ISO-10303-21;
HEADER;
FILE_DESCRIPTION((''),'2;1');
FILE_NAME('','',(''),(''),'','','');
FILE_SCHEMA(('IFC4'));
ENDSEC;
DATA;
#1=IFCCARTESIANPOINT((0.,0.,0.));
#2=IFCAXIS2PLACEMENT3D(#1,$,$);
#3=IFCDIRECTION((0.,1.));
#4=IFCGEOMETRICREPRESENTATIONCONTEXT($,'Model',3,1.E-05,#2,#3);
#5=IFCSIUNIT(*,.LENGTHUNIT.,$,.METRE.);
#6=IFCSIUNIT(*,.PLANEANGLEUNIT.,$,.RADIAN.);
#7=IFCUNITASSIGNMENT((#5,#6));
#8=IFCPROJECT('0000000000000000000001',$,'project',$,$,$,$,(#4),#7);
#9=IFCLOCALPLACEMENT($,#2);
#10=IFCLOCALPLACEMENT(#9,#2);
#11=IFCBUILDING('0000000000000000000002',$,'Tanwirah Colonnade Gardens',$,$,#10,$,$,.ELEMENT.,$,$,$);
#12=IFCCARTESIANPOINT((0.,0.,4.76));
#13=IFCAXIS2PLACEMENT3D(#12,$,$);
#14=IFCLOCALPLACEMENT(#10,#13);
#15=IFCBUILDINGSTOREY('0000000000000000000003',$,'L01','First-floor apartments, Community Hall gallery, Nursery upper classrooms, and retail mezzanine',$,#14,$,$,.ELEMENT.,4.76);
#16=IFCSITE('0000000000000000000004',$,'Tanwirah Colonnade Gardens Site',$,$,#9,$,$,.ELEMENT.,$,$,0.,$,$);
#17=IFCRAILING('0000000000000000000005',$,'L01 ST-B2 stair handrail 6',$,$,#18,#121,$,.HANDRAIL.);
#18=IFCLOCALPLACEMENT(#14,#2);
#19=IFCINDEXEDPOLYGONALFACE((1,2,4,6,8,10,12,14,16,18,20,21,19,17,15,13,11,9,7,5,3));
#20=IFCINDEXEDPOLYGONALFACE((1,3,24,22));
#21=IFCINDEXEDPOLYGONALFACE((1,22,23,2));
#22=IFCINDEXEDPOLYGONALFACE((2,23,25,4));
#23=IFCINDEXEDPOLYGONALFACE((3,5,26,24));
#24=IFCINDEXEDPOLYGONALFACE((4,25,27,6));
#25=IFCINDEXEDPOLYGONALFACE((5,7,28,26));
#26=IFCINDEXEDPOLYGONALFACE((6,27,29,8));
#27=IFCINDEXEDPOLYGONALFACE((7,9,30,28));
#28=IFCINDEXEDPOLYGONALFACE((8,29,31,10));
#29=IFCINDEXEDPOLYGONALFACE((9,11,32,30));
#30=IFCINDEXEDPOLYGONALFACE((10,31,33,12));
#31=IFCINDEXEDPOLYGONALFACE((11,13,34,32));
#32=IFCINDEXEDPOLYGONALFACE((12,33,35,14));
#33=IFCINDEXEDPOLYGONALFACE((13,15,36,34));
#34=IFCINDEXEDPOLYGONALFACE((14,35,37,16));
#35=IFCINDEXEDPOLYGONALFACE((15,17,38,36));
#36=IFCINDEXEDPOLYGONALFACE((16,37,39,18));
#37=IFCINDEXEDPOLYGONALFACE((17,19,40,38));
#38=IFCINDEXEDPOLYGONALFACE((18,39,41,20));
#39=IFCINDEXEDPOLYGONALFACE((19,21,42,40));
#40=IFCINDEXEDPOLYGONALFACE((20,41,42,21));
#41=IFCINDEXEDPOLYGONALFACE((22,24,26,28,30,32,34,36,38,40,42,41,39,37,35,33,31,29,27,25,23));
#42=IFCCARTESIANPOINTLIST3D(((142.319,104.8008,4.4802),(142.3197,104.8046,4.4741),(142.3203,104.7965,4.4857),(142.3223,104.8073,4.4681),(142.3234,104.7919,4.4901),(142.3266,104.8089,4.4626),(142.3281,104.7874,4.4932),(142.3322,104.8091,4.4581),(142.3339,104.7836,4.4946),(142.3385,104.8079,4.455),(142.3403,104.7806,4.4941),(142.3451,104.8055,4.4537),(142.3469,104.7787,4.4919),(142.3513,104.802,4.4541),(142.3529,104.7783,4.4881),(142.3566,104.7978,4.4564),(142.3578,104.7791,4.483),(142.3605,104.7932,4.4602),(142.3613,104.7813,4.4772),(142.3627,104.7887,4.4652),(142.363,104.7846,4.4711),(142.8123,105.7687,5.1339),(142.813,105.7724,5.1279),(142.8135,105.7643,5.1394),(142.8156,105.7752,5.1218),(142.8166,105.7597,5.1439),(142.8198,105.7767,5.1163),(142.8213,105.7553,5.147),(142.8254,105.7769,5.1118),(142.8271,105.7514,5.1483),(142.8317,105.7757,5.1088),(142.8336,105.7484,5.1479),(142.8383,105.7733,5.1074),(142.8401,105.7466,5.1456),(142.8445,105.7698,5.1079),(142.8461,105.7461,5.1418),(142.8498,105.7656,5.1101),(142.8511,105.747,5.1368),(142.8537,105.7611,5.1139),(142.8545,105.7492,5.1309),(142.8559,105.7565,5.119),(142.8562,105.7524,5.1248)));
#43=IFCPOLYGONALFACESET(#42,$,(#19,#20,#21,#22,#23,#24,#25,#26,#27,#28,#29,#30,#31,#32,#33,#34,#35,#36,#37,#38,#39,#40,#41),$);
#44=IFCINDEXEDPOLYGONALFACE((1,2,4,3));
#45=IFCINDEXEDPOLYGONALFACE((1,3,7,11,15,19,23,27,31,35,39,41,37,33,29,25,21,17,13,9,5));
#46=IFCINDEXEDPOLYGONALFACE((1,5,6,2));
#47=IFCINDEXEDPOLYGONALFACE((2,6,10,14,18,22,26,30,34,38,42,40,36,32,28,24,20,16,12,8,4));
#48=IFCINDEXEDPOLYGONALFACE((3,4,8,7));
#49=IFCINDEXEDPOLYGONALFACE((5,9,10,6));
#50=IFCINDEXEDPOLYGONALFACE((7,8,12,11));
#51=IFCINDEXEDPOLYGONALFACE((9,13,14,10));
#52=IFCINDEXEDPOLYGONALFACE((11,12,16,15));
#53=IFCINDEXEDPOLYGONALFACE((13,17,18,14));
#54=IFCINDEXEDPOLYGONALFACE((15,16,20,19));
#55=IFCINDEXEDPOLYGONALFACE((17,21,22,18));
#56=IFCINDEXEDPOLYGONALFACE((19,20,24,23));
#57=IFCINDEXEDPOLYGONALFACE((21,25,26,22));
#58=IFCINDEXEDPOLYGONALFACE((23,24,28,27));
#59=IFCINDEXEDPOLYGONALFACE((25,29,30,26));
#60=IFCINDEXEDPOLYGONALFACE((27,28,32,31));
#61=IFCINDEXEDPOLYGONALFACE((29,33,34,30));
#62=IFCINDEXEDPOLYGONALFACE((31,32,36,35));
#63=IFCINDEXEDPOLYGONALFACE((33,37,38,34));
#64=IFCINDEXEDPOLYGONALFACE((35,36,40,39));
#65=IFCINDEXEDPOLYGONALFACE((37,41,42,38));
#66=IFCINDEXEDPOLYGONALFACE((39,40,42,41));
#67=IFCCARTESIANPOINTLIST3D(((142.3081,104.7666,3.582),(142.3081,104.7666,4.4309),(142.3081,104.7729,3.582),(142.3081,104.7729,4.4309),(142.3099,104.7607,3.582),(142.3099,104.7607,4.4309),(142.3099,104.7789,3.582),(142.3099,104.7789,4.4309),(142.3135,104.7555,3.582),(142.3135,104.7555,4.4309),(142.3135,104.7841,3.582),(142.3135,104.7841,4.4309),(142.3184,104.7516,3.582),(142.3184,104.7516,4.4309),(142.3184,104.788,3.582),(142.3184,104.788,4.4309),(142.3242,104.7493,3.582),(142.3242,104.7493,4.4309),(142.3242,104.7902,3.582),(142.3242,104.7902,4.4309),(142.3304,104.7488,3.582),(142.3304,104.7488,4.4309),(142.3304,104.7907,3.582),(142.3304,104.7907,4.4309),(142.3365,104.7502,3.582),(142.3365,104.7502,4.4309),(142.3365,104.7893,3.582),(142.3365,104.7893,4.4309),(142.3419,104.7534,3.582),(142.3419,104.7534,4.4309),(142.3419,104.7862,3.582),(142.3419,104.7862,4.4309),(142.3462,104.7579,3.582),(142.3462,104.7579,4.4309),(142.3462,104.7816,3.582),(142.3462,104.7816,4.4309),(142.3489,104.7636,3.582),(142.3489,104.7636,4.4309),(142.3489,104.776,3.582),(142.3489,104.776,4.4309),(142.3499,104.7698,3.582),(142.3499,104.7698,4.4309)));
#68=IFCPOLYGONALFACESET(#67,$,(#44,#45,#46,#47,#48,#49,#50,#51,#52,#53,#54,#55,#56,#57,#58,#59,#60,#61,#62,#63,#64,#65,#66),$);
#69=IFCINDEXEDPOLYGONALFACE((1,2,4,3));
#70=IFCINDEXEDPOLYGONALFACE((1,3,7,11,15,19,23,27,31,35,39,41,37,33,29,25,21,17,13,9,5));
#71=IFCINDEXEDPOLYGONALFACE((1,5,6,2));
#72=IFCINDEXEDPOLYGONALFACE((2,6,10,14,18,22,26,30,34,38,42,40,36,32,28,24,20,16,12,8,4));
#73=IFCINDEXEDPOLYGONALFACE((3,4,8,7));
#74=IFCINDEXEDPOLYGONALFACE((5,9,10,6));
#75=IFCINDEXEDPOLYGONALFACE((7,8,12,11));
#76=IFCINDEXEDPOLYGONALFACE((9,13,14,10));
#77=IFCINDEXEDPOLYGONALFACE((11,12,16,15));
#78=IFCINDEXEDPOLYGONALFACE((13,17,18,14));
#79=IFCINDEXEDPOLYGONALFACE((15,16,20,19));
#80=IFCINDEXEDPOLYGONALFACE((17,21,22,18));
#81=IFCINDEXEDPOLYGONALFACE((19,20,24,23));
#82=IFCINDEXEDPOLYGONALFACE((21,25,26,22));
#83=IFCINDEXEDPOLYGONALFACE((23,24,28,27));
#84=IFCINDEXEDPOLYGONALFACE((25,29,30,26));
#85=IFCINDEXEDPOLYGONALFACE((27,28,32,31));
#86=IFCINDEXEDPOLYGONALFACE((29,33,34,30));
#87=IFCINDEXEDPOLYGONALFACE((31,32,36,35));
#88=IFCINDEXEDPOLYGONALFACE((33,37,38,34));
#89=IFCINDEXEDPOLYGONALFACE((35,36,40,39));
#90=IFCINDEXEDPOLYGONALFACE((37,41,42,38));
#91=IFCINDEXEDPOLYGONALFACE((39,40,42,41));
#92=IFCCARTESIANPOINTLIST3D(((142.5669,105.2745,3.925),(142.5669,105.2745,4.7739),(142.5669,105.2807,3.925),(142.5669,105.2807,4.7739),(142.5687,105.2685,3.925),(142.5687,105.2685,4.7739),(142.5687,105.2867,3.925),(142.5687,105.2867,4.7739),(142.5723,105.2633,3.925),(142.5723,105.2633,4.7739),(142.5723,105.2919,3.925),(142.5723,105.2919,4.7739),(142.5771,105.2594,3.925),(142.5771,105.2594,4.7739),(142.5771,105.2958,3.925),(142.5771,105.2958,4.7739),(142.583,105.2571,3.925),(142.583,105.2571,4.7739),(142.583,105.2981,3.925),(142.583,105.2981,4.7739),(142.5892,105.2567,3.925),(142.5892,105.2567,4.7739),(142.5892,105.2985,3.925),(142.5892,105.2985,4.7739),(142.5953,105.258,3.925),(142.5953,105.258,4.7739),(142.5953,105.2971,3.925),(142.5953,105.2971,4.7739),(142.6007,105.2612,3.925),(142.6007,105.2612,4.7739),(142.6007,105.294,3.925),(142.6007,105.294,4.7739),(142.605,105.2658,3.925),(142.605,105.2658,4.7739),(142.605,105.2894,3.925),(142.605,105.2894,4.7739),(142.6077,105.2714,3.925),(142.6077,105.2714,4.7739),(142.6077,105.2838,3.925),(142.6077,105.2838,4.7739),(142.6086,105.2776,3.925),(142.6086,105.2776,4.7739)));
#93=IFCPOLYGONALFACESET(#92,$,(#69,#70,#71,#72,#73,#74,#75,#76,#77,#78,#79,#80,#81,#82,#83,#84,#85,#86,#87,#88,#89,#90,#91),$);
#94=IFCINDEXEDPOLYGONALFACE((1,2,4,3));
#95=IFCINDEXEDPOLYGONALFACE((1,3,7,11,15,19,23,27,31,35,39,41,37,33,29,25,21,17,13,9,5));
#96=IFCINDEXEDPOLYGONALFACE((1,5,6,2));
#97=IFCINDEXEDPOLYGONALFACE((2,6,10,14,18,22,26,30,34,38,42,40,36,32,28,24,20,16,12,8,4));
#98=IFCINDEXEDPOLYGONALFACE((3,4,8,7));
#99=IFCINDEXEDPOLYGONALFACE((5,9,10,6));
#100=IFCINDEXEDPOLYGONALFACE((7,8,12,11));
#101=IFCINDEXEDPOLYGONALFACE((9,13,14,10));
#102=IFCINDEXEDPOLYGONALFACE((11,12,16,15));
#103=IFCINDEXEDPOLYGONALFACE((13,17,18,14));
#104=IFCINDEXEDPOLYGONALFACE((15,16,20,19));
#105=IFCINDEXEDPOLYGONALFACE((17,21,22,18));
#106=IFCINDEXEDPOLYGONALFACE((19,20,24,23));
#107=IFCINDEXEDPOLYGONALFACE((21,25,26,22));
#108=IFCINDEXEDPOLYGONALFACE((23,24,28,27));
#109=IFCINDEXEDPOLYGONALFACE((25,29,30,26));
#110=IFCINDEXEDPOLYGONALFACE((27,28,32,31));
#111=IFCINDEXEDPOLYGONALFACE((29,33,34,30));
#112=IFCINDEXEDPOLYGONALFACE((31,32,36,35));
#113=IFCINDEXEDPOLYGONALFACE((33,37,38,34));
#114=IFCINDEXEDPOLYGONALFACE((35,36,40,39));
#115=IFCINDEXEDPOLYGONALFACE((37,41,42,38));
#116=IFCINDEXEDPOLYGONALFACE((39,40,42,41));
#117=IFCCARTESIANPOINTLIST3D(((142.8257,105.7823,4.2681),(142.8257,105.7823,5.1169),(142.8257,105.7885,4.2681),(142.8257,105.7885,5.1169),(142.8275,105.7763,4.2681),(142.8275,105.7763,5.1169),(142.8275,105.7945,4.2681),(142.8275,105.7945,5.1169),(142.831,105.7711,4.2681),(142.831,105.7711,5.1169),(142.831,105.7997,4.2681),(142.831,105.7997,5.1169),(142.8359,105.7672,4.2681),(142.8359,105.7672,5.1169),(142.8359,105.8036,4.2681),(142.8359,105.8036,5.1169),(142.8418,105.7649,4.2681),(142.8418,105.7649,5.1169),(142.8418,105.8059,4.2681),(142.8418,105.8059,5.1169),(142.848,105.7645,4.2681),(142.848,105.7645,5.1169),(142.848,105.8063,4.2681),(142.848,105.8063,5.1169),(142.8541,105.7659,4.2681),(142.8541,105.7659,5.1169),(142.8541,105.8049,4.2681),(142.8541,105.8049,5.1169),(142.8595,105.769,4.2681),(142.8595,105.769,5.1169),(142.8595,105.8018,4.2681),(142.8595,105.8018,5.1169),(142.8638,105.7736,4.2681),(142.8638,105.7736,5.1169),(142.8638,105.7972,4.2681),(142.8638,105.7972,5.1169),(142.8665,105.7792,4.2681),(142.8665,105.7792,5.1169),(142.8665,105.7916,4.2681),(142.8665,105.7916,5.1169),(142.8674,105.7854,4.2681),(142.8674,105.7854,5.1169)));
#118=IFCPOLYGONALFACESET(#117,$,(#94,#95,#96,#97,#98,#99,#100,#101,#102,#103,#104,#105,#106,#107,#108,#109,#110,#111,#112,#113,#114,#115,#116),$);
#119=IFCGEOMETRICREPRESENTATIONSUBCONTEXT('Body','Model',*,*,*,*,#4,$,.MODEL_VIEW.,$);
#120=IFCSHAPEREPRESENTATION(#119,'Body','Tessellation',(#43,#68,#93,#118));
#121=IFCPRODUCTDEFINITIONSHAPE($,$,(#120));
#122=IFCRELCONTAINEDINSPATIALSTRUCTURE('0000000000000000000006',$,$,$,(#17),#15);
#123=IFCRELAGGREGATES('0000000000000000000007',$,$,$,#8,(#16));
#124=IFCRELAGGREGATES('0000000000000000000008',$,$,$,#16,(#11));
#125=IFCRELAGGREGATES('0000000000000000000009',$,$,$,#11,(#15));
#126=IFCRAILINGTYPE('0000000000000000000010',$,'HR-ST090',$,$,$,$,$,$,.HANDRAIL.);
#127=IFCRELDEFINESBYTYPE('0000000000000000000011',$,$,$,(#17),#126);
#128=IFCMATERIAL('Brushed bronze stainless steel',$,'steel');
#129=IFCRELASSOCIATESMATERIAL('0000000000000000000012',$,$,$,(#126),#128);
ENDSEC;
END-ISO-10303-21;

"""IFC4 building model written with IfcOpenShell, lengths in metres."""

from ifc_helpers import new_model, si_unit, direction, frame, origin, origin_2d, place, context, subcontext, project, spatial, circle, extrude, material, type_object, element, save


model = new_model("IFC4")

# Units and contexts
model_context = context("Model", 3, precision=1e-05, world=origin(), true_north=direction((0.0, 1.0)))
body_context = subcontext(model_context, "Body", "Model", "MODEL_VIEW")
ifc_project = project(units=[si_unit("LENGTHUNIT", "METRE"), si_unit("PLANEANGLEUNIT", "RADIAN")], contexts=[model_context])

# Site, building, storey
site_placement = place(None, origin())
site = spatial("IfcSite", under=ifc_project, at=site_placement, Name="Tanwirah Colonnade Gardens Site", CompositionType="ELEMENT", RefElevation=0.0)
building_placement = place(site_placement, origin())
building = spatial("IfcBuilding", under=site, at=building_placement, Name="Tanwirah Colonnade Gardens", CompositionType="ELEMENT")
storey_placement = place(building_placement, frame((0.0, 0.0, 4.76)))
storey = spatial("IfcBuildingStorey", under=building, at=storey_placement, Name="L01", Description="First-floor apartments, Community Hall gallery, Nursery upper classrooms, and retail mezzanine", CompositionType="ELEMENT", Elevation=4.76)

# Railing
ifc_material_1 = material(Name="Brushed bronze stainless steel", Category="steel")
railing_type_1 = type_object("IfcRailingType", Name="HR-ST090", PredefinedType="HANDRAIL", material=ifc_material_1)
railing_1_placement = place(storey_placement, frame((142.3289, 104.7698, 3.582)))
element("IfcRailing", 1, at=railing_1_placement, inside=storey, type_object=railing_type_1, Name="L01 ST-B2 stair handrail 6", PredefinedType="HANDRAIL", context=body_context, shape_type="SweptSolid", body=[
    extrude(circle(Radius=0.0239, at=origin_2d()), frame((0.0122, 0.0239, 0.8921), z_axis=(0.389033, 0.763385, 0.515652), x_axis=(-0.890974, 0.454054, 0.0)), (0.0, 0.0, 1.0), 1.2678),
    extrude(circle(Radius=0.021, at=origin_2d()), origin(), (0.0, 0.0, 1.0), 0.8489),
    extrude(circle(Radius=0.021, at=origin_2d()), frame((0.2588, 0.5078, 0.343)), (0.0, 0.0, 1.0), 0.8489),
    extrude(circle(Radius=0.021, at=origin_2d()), frame((0.5176, 1.0156, 0.686)), (0.0, 0.0, 1.0), 0.8489),
])

save(model, "model.ifc")
